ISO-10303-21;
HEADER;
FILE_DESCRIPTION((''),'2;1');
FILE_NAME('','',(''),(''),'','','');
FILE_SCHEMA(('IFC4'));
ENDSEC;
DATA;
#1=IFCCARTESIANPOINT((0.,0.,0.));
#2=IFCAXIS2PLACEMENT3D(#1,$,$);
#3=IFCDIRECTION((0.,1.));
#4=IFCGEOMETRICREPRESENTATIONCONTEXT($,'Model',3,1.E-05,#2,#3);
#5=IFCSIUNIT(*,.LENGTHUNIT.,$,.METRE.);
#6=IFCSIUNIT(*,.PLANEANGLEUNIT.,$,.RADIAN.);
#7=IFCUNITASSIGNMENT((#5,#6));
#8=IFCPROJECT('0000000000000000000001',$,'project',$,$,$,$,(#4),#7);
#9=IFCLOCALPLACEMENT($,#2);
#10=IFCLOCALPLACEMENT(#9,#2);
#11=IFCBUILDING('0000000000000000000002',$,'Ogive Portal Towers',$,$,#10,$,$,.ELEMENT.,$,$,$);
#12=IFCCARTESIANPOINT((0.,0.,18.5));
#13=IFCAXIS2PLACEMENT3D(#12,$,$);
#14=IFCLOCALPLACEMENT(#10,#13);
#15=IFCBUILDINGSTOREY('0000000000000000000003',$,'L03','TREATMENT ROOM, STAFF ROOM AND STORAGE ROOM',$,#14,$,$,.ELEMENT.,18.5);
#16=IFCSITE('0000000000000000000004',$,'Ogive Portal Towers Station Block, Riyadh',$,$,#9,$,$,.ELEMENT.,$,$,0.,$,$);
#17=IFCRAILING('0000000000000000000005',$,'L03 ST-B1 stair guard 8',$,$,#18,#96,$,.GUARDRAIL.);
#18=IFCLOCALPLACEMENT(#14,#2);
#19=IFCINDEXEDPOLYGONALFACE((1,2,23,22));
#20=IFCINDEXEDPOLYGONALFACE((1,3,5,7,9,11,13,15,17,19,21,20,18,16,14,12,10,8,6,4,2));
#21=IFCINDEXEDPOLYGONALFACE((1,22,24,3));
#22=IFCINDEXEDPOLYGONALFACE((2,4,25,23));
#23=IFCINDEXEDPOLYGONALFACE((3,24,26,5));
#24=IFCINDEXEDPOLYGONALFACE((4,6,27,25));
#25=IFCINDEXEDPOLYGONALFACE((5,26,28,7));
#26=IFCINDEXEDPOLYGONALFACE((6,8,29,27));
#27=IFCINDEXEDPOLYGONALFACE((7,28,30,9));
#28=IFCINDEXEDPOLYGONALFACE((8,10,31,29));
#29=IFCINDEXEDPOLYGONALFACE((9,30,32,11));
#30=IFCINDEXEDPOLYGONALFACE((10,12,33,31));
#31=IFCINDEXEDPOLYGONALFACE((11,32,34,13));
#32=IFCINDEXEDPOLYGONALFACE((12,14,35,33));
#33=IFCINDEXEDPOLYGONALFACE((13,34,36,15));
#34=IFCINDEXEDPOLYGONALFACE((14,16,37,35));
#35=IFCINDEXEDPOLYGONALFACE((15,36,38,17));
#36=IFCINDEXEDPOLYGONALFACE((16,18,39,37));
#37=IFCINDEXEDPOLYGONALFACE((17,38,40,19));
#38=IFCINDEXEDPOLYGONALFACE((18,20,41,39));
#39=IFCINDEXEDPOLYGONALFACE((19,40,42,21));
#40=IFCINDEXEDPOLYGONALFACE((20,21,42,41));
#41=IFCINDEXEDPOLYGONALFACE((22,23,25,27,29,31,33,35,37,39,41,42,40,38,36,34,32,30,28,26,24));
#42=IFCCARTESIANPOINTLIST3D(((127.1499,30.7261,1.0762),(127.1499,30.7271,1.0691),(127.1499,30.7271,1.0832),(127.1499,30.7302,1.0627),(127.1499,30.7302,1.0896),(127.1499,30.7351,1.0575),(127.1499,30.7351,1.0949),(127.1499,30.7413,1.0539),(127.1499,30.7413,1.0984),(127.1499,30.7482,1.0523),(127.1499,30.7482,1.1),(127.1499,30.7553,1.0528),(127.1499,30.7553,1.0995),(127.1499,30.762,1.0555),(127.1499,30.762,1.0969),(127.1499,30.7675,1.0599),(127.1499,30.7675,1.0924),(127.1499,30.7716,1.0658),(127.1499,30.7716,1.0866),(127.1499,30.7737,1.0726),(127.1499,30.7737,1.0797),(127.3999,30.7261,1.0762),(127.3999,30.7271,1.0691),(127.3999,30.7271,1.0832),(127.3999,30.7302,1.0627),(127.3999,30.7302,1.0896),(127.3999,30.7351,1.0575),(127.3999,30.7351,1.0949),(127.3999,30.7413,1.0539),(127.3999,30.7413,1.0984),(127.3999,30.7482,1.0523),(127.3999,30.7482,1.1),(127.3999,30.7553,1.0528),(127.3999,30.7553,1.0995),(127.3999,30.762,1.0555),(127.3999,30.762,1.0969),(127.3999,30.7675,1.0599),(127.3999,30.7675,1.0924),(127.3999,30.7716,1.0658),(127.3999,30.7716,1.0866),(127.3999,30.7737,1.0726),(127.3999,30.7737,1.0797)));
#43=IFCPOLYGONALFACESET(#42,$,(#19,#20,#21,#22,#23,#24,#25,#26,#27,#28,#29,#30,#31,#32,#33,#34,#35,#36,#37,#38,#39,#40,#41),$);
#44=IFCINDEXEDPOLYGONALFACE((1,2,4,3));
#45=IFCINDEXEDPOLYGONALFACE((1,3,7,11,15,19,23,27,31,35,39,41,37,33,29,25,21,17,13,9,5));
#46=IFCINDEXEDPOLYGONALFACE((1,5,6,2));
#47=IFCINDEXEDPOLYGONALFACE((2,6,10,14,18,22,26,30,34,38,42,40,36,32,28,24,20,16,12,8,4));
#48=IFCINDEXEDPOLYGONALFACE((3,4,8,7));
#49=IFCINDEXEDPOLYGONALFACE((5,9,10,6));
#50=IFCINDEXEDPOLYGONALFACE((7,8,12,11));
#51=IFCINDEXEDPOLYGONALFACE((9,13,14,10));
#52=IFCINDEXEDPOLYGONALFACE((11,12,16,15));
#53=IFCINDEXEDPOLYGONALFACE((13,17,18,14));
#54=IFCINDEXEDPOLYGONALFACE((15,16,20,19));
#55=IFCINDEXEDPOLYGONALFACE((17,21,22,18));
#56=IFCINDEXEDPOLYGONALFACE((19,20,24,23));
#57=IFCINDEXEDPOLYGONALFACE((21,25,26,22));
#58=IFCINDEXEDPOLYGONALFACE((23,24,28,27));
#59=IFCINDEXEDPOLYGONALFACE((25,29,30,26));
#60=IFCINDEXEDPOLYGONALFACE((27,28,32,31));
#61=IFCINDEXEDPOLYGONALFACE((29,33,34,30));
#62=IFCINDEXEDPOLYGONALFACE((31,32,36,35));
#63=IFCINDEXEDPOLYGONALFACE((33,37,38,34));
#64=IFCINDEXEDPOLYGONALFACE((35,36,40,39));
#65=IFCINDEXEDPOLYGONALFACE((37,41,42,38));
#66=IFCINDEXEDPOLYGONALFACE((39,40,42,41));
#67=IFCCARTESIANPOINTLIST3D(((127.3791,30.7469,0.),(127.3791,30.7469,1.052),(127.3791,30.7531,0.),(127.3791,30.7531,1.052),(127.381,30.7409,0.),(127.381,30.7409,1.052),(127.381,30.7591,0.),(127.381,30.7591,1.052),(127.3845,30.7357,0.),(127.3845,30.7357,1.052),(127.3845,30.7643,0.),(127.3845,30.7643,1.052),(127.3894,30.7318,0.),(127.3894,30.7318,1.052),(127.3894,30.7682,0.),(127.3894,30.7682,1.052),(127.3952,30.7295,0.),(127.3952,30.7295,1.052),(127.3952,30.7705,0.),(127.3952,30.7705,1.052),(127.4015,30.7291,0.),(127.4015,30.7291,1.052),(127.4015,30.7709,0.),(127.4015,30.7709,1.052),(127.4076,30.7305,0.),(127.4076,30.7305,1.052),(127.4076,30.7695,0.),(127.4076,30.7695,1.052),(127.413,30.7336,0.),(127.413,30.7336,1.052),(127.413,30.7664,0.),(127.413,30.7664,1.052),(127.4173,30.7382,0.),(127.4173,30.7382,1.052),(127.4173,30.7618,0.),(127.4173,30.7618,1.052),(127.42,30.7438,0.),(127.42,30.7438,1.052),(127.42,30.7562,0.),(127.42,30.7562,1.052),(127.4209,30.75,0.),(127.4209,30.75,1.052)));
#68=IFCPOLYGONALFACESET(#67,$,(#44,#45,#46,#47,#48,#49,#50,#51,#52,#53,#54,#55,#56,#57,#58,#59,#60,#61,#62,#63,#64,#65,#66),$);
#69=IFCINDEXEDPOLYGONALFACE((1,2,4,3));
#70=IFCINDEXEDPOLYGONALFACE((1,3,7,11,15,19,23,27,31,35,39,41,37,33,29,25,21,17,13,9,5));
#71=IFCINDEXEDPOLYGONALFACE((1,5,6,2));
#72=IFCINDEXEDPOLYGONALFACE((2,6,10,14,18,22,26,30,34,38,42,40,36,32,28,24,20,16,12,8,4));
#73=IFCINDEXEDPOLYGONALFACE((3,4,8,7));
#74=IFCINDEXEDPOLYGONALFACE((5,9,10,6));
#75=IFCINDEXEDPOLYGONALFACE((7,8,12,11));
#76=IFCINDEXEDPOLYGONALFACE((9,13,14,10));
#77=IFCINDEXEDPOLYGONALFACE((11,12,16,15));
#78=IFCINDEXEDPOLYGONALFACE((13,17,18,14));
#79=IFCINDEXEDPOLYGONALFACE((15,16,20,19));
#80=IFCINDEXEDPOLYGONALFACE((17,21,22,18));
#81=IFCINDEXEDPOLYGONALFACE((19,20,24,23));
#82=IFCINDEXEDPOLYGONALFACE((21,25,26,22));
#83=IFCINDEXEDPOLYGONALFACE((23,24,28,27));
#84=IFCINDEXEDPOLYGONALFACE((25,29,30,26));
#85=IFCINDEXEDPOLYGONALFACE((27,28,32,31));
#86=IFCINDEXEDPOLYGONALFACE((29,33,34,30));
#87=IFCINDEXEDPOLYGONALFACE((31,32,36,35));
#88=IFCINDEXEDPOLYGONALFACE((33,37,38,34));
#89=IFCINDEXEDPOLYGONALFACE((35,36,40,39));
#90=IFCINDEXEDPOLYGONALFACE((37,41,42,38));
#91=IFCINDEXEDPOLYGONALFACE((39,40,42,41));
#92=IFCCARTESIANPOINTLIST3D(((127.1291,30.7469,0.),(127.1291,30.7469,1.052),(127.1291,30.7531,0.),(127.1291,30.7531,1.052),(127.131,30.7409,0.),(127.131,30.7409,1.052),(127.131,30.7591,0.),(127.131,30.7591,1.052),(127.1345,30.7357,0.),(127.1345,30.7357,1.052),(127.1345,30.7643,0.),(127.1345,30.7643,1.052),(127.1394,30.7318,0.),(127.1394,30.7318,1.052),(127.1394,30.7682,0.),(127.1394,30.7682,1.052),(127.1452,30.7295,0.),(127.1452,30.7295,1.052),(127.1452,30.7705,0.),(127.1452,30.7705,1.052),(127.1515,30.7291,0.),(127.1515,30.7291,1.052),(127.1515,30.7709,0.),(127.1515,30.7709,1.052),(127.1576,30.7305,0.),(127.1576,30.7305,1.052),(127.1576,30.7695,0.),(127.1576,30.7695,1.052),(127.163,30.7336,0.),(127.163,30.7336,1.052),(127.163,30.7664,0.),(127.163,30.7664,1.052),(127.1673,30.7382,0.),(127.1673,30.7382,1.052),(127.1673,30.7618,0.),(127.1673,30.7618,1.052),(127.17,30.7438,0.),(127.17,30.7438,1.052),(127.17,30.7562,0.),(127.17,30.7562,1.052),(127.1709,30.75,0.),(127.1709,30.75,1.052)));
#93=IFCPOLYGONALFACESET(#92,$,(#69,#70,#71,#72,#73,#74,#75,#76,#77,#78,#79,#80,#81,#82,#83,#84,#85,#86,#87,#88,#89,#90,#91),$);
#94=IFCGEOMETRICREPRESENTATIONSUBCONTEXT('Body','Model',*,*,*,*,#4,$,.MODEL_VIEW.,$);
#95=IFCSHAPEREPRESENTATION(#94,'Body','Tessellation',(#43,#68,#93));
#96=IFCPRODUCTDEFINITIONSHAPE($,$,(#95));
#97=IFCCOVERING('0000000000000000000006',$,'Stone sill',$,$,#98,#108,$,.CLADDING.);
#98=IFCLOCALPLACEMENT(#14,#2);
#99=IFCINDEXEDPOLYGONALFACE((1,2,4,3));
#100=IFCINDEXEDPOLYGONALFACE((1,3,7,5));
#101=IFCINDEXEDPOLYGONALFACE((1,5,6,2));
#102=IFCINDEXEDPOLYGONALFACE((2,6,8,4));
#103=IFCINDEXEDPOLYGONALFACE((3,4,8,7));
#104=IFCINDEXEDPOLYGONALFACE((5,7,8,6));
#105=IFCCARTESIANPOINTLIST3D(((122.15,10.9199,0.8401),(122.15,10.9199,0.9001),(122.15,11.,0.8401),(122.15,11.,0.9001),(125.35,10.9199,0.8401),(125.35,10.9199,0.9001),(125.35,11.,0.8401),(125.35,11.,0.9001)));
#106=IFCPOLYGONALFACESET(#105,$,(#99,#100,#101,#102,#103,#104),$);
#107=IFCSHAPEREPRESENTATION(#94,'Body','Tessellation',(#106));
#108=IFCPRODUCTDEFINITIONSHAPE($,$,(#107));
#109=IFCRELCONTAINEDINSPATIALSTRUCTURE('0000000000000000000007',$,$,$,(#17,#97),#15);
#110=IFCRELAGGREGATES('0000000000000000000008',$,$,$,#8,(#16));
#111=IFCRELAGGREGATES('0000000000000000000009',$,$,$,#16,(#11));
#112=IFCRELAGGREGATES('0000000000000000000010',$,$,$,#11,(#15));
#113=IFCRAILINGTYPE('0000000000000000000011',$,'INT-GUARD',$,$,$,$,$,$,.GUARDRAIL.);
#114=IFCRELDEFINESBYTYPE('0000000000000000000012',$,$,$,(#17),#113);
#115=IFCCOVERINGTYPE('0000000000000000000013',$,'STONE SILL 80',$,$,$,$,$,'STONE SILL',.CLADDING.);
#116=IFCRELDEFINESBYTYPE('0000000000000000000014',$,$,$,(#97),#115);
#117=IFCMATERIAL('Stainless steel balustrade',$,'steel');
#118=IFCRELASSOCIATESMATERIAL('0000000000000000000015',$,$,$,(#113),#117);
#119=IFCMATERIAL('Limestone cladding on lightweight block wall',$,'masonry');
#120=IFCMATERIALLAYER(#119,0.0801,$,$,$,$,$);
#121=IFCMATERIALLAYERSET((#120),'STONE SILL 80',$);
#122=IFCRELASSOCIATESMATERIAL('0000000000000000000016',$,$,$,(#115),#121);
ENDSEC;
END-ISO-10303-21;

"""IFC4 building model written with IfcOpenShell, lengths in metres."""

from ifc_helpers import new_model, si_unit, direction, frame, origin, origin_2d, place, context, subcontext, project, spatial, rectangle, circle, extrude, material, layer, layer_set, type_object, element, save


model = new_model("IFC4")

# Units and contexts
model_context = context("Model", 3, precision=1e-05, world=origin(), true_north=direction((0.0, 1.0)))
body_context = subcontext(model_context, "Body", "Model", "MODEL_VIEW")
ifc_project = project(units=[si_unit("LENGTHUNIT", "METRE"), si_unit("PLANEANGLEUNIT", "RADIAN")], contexts=[model_context])

# Site, building, storey
site_placement = place(None, origin())
site = spatial("IfcSite", under=ifc_project, at=site_placement, Name="Ogive Portal Towers Station Block, Riyadh", CompositionType="ELEMENT", RefElevation=0.0)
building_placement = place(site_placement, origin())
building = spatial("IfcBuilding", under=site, at=building_placement, Name="Ogive Portal Towers", CompositionType="ELEMENT")
storey_placement = place(building_placement, frame((0.0, 0.0, 18.5)))
storey = spatial("IfcBuildingStorey", under=building, at=storey_placement, Name="L03", Description="TREATMENT ROOM, STAFF ROOM AND STORAGE ROOM", CompositionType="ELEMENT", Elevation=18.5)

# Shared definitions
ifc_material_1 = material(Name="Limestone cladding on lightweight block wall", Category="masonry")

# Railing
ifc_material_2 = material(Name="Stainless steel balustrade", Category="steel")
railing_type = type_object("IfcRailingType", Name="INT-GUARD", PredefinedType="GUARDRAIL", material=ifc_material_2)
for number, where, name in (
    (1, (127.3999, 30.75, 0.0), "L03 ST-B1 stair guard 8"),
):
    element("IfcRailing", number, at=place(storey_placement, frame(where)), inside=storey, type_object=railing_type, Name=name, PredefinedType="GUARDRAIL", context=body_context, shape_type="SweptSolid", body=[
        extrude(circle(Radius=0.0239, at=origin_2d()), frame((0.0, 0.0, 1.0762), z_axis=(-1.0, 0.0, 0.0), x_axis=(0.0, -1.0, 0.0)), (0.0, 0.0, 1.0), 0.25),
        extrude(circle(Radius=0.021, at=origin_2d()), origin(), (0.0, 0.0, 1.0), 1.052),
        extrude(circle(Radius=0.021, at=origin_2d()), frame((-0.25, 0.0, 0.0)), (0.0, 0.0, 1.0), 1.052),
    ])

# Covering
ifc_layer_1 = layer(ifc_material_1, 0.0801)
ifc_layer_set_1 = layer_set([ifc_layer_1], Name="STONE SILL 80")
covering_type = type_object("IfcCoveringType", Name="STONE SILL 80", ElementType="STONE SILL", PredefinedType="CLADDING", material=ifc_layer_set_1)
covering_placement = place(storey_placement, frame((123.75, 10.96, 0.8401), z_axis=(0.0, 0.0, 1.0), x_axis=(1.0, 0.0, 0.0)))
element("IfcCovering", 2, at=covering_placement, inside=storey, type_object=covering_type, Name="Stone sill", PredefinedType="CLADDING", context=body_context, shape_type="SweptSolid", body=[
    extrude(rectangle(XDim=3.2, YDim=0.0801, at=origin_2d()), origin(), (0.0, 0.0, 1.0), 0.0601),
])

save(model, "model.ifc")
